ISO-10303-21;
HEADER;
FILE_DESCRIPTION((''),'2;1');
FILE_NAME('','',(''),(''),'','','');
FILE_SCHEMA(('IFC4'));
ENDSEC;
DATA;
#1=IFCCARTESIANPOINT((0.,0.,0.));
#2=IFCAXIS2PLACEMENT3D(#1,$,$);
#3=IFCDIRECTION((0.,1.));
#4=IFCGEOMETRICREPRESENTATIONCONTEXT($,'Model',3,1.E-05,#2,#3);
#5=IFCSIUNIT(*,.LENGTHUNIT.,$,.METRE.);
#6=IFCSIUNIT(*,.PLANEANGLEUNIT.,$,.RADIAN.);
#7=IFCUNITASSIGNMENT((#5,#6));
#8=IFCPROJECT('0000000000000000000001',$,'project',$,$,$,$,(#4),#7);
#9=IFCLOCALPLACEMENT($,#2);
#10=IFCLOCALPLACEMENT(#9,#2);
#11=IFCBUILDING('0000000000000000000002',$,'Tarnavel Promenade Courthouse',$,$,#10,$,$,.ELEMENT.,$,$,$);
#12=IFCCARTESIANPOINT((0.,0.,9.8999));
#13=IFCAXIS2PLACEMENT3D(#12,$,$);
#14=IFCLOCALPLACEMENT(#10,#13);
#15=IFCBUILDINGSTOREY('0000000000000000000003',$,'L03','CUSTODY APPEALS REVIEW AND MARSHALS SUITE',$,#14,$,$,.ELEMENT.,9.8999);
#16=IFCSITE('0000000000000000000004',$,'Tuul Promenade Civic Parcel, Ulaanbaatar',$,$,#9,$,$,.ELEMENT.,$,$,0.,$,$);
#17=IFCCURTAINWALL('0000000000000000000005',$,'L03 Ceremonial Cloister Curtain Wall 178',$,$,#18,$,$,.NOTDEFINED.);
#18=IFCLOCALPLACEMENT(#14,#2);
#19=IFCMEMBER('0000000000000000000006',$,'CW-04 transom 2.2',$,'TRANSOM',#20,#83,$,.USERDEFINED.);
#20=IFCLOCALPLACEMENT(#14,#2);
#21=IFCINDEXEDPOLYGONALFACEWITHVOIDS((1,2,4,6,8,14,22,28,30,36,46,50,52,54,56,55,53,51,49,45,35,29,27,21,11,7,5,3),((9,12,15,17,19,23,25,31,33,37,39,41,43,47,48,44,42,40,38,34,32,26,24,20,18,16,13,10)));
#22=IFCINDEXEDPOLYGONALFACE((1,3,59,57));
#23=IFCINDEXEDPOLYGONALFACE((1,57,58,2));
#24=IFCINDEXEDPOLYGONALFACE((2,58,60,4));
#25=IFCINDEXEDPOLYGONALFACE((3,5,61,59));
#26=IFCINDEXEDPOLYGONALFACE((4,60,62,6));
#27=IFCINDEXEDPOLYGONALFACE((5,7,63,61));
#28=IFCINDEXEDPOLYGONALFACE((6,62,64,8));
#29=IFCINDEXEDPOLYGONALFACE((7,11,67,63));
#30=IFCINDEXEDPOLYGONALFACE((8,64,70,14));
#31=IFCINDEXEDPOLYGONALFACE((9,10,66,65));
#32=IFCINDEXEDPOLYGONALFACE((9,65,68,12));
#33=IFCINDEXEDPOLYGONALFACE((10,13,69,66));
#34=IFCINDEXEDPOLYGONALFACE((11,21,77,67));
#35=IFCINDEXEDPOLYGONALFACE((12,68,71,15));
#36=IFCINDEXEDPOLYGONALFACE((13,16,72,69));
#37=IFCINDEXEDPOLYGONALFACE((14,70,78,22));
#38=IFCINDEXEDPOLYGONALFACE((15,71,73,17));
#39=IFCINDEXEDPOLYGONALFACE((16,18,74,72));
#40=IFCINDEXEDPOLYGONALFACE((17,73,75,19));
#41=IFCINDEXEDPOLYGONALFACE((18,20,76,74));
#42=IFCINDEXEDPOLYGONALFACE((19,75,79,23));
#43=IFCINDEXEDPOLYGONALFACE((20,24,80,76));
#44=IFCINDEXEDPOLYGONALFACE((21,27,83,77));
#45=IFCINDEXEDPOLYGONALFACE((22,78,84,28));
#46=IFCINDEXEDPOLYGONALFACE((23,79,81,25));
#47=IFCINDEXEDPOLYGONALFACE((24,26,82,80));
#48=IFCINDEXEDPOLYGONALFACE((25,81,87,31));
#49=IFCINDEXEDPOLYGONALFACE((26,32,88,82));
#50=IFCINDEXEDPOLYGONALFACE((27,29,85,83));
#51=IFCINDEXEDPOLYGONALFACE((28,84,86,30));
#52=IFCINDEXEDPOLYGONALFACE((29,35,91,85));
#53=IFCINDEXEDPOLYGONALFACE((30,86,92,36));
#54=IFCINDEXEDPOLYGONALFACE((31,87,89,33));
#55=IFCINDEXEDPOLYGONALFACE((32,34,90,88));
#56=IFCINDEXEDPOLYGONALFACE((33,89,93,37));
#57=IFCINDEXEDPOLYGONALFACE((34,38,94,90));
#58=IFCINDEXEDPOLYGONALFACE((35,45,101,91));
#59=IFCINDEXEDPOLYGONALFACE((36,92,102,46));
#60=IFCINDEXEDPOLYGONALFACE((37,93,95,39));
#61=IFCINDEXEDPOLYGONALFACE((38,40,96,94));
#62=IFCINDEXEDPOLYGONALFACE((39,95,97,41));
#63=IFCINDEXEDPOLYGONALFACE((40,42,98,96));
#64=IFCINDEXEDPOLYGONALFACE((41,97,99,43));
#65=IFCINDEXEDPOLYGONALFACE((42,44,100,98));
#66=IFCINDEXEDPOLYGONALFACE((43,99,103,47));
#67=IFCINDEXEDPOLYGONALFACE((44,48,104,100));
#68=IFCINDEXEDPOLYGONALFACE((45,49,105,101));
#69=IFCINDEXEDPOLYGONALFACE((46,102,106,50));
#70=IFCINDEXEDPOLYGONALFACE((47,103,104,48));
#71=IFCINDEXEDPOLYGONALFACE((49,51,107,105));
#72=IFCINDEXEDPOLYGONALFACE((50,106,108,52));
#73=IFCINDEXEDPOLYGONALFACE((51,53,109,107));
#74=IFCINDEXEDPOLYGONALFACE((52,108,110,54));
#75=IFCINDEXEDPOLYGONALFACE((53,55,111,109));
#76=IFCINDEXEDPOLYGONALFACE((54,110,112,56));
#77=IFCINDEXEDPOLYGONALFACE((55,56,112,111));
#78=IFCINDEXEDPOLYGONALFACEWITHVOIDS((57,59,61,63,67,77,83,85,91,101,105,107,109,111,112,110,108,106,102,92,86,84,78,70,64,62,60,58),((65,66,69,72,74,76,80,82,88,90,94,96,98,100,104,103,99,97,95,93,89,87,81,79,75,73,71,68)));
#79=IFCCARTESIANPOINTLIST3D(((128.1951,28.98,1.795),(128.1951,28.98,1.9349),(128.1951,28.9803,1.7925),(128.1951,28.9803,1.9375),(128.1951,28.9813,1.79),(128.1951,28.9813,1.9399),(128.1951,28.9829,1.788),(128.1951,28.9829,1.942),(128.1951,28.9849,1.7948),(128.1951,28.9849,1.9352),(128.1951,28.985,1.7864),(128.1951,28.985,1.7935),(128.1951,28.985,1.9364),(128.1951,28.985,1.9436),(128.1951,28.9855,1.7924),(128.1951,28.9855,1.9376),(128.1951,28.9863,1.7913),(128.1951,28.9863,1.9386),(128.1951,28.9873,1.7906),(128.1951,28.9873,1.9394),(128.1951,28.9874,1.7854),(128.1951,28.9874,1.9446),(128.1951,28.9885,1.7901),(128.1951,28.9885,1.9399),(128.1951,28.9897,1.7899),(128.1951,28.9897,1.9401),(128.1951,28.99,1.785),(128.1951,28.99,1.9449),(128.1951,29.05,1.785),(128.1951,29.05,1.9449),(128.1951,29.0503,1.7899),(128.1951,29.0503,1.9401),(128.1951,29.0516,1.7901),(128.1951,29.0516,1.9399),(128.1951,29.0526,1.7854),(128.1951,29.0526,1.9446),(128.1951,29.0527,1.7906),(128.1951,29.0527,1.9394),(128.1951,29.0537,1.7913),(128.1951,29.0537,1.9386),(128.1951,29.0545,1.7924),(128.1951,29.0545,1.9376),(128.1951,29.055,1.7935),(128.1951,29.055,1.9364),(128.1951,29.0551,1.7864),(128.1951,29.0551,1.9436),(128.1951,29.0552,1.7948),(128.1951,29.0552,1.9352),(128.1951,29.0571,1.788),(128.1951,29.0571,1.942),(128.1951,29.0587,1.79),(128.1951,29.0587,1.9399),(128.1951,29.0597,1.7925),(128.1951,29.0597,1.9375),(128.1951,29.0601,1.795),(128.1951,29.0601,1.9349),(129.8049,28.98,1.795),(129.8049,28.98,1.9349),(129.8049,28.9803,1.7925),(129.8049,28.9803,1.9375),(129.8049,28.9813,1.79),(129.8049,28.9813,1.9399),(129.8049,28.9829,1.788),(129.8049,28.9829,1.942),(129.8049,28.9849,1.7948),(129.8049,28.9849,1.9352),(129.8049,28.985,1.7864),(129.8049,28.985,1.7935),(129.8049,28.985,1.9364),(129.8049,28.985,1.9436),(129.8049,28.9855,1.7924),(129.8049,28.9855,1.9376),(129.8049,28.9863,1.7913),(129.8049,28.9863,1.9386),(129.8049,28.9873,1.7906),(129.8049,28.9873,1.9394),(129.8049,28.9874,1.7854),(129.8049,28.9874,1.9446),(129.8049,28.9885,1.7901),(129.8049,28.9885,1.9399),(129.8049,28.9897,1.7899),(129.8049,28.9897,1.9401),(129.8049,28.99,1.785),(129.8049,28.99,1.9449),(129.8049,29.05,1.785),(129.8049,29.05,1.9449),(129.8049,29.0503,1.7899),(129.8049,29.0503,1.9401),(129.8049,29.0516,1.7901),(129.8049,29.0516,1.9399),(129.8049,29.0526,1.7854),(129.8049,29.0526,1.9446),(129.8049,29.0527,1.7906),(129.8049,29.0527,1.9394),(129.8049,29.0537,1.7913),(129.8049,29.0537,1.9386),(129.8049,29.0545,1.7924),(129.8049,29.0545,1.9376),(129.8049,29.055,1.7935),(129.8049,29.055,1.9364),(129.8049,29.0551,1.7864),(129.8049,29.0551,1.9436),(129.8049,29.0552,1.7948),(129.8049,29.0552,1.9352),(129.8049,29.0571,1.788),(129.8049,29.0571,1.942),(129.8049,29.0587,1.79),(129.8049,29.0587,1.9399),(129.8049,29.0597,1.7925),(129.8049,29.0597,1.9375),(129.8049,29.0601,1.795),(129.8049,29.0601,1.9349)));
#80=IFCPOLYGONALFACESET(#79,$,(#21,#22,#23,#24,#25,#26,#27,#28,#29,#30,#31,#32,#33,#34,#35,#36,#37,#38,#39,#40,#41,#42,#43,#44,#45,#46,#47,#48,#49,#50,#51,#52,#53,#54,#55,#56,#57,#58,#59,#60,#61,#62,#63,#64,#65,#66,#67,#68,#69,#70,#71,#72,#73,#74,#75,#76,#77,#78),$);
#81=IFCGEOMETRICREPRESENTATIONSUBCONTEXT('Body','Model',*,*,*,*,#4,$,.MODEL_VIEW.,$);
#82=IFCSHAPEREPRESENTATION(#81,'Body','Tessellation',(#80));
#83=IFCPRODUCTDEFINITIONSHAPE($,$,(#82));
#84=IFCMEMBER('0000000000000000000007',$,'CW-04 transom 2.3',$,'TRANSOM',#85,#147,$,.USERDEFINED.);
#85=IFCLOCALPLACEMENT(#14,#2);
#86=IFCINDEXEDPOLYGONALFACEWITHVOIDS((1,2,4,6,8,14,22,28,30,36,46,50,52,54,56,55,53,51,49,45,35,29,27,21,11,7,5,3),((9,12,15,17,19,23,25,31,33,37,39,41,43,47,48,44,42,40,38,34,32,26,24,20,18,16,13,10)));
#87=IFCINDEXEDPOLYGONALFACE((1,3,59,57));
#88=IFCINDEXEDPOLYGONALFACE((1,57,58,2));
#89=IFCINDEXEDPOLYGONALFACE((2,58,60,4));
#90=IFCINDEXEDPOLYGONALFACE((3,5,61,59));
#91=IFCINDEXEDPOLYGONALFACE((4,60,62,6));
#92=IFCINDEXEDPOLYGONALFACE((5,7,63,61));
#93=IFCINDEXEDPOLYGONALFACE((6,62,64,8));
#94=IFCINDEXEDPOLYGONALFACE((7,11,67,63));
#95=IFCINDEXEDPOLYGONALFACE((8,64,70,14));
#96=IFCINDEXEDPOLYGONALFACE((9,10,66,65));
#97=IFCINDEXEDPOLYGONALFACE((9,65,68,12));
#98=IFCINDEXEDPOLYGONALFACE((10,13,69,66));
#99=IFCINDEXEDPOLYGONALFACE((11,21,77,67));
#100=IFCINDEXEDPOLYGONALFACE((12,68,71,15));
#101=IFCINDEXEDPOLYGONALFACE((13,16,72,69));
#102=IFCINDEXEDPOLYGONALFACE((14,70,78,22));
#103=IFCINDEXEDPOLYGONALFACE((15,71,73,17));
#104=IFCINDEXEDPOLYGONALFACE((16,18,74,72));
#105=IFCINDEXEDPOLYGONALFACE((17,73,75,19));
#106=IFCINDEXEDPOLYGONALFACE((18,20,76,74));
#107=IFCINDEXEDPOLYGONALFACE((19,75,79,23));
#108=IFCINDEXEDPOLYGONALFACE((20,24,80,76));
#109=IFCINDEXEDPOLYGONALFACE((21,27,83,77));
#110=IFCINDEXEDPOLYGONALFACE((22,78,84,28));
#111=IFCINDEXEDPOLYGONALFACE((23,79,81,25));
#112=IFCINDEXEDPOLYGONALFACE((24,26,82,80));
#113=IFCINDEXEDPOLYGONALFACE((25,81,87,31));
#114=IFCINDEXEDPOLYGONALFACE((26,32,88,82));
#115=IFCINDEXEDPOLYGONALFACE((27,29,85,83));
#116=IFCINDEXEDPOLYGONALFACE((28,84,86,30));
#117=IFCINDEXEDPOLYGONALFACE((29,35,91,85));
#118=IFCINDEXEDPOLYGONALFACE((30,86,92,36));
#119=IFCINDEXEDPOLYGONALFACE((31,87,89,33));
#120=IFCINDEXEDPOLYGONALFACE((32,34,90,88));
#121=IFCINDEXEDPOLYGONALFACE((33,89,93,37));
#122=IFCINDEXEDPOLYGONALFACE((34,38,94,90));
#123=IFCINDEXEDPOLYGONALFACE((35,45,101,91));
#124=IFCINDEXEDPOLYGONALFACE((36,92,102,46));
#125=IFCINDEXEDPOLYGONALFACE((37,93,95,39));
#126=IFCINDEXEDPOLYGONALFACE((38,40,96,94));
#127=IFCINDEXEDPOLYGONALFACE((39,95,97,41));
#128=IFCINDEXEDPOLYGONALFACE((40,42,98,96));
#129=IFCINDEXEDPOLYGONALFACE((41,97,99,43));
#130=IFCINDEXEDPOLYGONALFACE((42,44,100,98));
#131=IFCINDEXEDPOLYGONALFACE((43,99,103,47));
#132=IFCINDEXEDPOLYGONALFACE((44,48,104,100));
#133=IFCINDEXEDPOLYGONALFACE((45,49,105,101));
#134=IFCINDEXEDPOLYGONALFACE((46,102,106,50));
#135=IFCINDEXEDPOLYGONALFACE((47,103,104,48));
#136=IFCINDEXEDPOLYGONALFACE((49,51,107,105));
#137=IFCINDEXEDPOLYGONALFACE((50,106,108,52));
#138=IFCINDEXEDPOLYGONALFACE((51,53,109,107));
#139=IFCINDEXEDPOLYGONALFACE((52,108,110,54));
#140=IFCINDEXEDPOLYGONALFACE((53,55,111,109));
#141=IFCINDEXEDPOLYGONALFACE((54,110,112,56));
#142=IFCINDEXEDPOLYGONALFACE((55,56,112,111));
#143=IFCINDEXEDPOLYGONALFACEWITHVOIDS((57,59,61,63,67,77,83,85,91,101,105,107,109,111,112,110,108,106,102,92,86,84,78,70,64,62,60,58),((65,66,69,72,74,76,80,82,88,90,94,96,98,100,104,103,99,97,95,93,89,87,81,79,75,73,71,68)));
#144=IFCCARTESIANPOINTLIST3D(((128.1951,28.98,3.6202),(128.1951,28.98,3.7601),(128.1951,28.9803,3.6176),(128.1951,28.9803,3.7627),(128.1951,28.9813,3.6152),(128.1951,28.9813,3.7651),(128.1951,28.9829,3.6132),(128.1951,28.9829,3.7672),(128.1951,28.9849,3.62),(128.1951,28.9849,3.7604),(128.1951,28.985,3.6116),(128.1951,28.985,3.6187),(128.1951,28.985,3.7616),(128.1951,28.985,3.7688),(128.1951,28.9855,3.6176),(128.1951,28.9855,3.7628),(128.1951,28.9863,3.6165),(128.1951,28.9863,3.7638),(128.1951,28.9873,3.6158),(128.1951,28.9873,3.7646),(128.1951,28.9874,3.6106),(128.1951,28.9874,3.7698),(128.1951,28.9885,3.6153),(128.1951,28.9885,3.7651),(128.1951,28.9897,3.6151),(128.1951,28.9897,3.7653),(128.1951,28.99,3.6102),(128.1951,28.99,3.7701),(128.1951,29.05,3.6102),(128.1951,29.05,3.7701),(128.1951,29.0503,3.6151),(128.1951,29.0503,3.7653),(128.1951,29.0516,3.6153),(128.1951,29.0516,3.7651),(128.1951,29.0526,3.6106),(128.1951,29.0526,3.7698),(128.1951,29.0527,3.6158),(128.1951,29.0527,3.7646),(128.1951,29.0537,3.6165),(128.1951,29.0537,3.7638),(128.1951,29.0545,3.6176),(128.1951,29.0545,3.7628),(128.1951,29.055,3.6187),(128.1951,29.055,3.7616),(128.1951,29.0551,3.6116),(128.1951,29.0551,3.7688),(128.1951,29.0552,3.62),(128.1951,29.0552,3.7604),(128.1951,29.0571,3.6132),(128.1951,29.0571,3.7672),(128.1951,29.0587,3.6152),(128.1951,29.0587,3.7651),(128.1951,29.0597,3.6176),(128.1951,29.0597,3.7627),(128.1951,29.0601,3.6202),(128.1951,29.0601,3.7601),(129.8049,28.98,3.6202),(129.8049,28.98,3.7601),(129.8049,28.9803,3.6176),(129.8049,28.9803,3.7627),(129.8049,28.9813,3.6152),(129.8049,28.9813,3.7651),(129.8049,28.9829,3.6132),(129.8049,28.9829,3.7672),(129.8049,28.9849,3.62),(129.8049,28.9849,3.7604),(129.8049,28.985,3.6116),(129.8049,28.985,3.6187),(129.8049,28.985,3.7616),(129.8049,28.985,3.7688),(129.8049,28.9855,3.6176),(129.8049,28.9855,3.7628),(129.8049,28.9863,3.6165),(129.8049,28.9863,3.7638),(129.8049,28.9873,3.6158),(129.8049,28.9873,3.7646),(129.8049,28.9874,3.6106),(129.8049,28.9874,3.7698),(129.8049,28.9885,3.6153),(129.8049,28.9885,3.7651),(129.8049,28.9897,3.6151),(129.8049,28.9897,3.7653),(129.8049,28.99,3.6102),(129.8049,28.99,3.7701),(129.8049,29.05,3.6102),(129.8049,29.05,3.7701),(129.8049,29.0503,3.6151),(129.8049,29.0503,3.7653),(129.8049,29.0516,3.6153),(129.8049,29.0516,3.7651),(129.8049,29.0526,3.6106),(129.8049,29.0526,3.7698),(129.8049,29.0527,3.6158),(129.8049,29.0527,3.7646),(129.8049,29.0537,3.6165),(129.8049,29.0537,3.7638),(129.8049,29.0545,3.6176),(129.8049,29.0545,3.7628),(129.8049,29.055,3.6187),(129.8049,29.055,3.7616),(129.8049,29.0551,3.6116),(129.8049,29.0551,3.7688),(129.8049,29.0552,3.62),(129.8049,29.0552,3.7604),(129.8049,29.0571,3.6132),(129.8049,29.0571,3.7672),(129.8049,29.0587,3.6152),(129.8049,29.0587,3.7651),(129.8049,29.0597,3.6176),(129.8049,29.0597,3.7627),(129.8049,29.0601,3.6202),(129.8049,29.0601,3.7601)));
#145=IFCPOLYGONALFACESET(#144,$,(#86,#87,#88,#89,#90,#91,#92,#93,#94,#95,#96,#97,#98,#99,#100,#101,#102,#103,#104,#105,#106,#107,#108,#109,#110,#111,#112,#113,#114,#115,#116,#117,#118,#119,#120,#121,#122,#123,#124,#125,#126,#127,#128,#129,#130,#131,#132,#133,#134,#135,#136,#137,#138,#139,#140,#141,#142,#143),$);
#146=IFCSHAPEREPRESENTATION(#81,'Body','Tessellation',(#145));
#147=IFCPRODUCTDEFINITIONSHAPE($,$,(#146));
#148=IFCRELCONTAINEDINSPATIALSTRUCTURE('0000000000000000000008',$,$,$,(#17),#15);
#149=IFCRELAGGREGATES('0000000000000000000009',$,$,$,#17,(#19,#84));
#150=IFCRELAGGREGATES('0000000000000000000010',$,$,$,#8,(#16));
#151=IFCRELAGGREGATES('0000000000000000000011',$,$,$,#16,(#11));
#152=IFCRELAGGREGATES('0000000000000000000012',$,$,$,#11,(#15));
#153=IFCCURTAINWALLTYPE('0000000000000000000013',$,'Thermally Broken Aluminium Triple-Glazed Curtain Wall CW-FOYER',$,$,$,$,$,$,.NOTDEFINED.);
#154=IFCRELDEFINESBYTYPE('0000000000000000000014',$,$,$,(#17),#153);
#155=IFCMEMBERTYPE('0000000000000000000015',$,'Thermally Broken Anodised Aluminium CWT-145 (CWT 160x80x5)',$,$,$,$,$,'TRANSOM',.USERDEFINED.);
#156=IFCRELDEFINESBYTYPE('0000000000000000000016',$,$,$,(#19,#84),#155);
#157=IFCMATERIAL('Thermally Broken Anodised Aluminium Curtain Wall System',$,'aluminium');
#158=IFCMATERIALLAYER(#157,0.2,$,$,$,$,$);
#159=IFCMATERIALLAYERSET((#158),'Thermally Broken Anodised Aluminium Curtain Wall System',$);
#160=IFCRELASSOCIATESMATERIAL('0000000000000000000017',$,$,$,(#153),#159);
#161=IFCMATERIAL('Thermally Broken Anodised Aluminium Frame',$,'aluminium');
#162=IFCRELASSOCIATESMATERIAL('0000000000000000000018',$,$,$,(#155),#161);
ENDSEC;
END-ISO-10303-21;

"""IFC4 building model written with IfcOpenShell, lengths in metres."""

from ifc_helpers import new_model, si_unit, direction, frame, origin, origin_2d, place, context, subcontext, project, spatial, hollow_rectangle, extrude, material, layer, layer_set, material_profile, profile_set, type_object, element, aggregate, save


model = new_model("IFC4")

# Units and contexts
model_context = context("Model", 3, precision=1e-05, world=origin(), true_north=direction((0.0, 1.0)))
body_context = subcontext(model_context, "Body", "Model", "MODEL_VIEW")
ifc_project = project(units=[si_unit("LENGTHUNIT", "METRE"), si_unit("PLANEANGLEUNIT", "RADIAN")], contexts=[model_context])

# Site, building, storey
site_placement = place(None, origin())
site = spatial("IfcSite", under=ifc_project, at=site_placement, Name="Tuul Promenade Civic Parcel, Ulaanbaatar", CompositionType="ELEMENT", RefElevation=0.0)
building_placement = place(site_placement, origin())
building = spatial("IfcBuilding", under=site, at=building_placement, Name="Tarnavel Promenade Courthouse", CompositionType="ELEMENT")
storey_placement = place(building_placement, frame((0.0, 0.0, 9.8999)))
storey = spatial("IfcBuildingStorey", under=building, at=storey_placement, Name="L03", Description="CUSTODY APPEALS REVIEW AND MARSHALS SUITE", CompositionType="ELEMENT", Elevation=9.8999)

# Shared definitions
ifc_material_1 = material(Name="Thermally Broken Anodised Aluminium Curtain Wall System", Category="aluminium")
ifc_layer_1 = layer(ifc_material_1, 0.2)
ifc_layer_set_1 = layer_set([ifc_layer_1], Name="Thermally Broken Anodised Aluminium Curtain Wall System")
curtain_wall_type = type_object("IfcCurtainWallType", Name="Thermally Broken Aluminium Triple-Glazed Curtain Wall CW-FOYER", PredefinedType="NOTDEFINED", material=ifc_layer_set_1)
ifc_material_2 = material(Name="Thermally Broken Anodised Aluminium Frame", Category="aluminium")

# Curtain wall, members
curtain_wall_1_placement = place(storey_placement, origin())
curtain_wall_1 = element("IfcCurtainWall", 1, at=curtain_wall_1_placement, inside=storey, type_object=curtain_wall_type, Name="L03 Ceremonial Cloister Curtain Wall 178", PredefinedType="NOTDEFINED")
ifc_material_profile_1 = material_profile(ifc_material_2, hollow_rectangle(XDim=0.0801, YDim=0.1599, WallThickness=0.0049, InnerFilletRadius=0.0049, OuterFilletRadius=0.01, at=origin_2d()), Name="CWT 160x80x5")
ifc_profile_set_1 = profile_set([ifc_material_profile_1], Name="Thermally Broken Anodised Aluminium Frame")
member_type_1 = type_object("IfcMemberType", Name="Thermally Broken Anodised Aluminium CWT-145 (CWT 160x80x5)", ElementType="TRANSOM", PredefinedType="USERDEFINED", material=ifc_profile_set_1)
member_1_placement = place(storey_placement, frame((128.1951, 29.02, 1.865), z_axis=(1.0, 0.0, 0.0), x_axis=(0.0, 1.0, 0.0)))
member_1 = element("IfcMember", 2, at=member_1_placement, type_object=member_type_1, Name="CW-04 transom 2.2", ObjectType="TRANSOM", PredefinedType="USERDEFINED", context=body_context, shape_type="SweptSolid", body=[
    extrude(hollow_rectangle(XDim=0.0801, YDim=0.1599, WallThickness=0.0049, InnerFilletRadius=0.0049, OuterFilletRadius=0.01, at=origin_2d()), origin(), (0.0, 0.0, 1.0), 1.6099),
])
member_2_placement = place(storey_placement, frame((128.1951, 29.02, 3.6902), z_axis=(1.0, 0.0, 0.0), x_axis=(0.0, 1.0, 0.0)))
member_2 = element("IfcMember", 3, at=member_2_placement, type_object=member_type_1, Name="CW-04 transom 2.3", ObjectType="TRANSOM", PredefinedType="USERDEFINED", context=body_context, shape_type="SweptSolid", body=[
    extrude(hollow_rectangle(XDim=0.0801, YDim=0.1599, WallThickness=0.0049, InnerFilletRadius=0.0049, OuterFilletRadius=0.01, at=origin_2d()), origin(), (0.0, 0.0, 1.0), 1.6099),
])

aggregate(curtain_wall_1, [member_1, member_2])

save(model, "model.ifc")
